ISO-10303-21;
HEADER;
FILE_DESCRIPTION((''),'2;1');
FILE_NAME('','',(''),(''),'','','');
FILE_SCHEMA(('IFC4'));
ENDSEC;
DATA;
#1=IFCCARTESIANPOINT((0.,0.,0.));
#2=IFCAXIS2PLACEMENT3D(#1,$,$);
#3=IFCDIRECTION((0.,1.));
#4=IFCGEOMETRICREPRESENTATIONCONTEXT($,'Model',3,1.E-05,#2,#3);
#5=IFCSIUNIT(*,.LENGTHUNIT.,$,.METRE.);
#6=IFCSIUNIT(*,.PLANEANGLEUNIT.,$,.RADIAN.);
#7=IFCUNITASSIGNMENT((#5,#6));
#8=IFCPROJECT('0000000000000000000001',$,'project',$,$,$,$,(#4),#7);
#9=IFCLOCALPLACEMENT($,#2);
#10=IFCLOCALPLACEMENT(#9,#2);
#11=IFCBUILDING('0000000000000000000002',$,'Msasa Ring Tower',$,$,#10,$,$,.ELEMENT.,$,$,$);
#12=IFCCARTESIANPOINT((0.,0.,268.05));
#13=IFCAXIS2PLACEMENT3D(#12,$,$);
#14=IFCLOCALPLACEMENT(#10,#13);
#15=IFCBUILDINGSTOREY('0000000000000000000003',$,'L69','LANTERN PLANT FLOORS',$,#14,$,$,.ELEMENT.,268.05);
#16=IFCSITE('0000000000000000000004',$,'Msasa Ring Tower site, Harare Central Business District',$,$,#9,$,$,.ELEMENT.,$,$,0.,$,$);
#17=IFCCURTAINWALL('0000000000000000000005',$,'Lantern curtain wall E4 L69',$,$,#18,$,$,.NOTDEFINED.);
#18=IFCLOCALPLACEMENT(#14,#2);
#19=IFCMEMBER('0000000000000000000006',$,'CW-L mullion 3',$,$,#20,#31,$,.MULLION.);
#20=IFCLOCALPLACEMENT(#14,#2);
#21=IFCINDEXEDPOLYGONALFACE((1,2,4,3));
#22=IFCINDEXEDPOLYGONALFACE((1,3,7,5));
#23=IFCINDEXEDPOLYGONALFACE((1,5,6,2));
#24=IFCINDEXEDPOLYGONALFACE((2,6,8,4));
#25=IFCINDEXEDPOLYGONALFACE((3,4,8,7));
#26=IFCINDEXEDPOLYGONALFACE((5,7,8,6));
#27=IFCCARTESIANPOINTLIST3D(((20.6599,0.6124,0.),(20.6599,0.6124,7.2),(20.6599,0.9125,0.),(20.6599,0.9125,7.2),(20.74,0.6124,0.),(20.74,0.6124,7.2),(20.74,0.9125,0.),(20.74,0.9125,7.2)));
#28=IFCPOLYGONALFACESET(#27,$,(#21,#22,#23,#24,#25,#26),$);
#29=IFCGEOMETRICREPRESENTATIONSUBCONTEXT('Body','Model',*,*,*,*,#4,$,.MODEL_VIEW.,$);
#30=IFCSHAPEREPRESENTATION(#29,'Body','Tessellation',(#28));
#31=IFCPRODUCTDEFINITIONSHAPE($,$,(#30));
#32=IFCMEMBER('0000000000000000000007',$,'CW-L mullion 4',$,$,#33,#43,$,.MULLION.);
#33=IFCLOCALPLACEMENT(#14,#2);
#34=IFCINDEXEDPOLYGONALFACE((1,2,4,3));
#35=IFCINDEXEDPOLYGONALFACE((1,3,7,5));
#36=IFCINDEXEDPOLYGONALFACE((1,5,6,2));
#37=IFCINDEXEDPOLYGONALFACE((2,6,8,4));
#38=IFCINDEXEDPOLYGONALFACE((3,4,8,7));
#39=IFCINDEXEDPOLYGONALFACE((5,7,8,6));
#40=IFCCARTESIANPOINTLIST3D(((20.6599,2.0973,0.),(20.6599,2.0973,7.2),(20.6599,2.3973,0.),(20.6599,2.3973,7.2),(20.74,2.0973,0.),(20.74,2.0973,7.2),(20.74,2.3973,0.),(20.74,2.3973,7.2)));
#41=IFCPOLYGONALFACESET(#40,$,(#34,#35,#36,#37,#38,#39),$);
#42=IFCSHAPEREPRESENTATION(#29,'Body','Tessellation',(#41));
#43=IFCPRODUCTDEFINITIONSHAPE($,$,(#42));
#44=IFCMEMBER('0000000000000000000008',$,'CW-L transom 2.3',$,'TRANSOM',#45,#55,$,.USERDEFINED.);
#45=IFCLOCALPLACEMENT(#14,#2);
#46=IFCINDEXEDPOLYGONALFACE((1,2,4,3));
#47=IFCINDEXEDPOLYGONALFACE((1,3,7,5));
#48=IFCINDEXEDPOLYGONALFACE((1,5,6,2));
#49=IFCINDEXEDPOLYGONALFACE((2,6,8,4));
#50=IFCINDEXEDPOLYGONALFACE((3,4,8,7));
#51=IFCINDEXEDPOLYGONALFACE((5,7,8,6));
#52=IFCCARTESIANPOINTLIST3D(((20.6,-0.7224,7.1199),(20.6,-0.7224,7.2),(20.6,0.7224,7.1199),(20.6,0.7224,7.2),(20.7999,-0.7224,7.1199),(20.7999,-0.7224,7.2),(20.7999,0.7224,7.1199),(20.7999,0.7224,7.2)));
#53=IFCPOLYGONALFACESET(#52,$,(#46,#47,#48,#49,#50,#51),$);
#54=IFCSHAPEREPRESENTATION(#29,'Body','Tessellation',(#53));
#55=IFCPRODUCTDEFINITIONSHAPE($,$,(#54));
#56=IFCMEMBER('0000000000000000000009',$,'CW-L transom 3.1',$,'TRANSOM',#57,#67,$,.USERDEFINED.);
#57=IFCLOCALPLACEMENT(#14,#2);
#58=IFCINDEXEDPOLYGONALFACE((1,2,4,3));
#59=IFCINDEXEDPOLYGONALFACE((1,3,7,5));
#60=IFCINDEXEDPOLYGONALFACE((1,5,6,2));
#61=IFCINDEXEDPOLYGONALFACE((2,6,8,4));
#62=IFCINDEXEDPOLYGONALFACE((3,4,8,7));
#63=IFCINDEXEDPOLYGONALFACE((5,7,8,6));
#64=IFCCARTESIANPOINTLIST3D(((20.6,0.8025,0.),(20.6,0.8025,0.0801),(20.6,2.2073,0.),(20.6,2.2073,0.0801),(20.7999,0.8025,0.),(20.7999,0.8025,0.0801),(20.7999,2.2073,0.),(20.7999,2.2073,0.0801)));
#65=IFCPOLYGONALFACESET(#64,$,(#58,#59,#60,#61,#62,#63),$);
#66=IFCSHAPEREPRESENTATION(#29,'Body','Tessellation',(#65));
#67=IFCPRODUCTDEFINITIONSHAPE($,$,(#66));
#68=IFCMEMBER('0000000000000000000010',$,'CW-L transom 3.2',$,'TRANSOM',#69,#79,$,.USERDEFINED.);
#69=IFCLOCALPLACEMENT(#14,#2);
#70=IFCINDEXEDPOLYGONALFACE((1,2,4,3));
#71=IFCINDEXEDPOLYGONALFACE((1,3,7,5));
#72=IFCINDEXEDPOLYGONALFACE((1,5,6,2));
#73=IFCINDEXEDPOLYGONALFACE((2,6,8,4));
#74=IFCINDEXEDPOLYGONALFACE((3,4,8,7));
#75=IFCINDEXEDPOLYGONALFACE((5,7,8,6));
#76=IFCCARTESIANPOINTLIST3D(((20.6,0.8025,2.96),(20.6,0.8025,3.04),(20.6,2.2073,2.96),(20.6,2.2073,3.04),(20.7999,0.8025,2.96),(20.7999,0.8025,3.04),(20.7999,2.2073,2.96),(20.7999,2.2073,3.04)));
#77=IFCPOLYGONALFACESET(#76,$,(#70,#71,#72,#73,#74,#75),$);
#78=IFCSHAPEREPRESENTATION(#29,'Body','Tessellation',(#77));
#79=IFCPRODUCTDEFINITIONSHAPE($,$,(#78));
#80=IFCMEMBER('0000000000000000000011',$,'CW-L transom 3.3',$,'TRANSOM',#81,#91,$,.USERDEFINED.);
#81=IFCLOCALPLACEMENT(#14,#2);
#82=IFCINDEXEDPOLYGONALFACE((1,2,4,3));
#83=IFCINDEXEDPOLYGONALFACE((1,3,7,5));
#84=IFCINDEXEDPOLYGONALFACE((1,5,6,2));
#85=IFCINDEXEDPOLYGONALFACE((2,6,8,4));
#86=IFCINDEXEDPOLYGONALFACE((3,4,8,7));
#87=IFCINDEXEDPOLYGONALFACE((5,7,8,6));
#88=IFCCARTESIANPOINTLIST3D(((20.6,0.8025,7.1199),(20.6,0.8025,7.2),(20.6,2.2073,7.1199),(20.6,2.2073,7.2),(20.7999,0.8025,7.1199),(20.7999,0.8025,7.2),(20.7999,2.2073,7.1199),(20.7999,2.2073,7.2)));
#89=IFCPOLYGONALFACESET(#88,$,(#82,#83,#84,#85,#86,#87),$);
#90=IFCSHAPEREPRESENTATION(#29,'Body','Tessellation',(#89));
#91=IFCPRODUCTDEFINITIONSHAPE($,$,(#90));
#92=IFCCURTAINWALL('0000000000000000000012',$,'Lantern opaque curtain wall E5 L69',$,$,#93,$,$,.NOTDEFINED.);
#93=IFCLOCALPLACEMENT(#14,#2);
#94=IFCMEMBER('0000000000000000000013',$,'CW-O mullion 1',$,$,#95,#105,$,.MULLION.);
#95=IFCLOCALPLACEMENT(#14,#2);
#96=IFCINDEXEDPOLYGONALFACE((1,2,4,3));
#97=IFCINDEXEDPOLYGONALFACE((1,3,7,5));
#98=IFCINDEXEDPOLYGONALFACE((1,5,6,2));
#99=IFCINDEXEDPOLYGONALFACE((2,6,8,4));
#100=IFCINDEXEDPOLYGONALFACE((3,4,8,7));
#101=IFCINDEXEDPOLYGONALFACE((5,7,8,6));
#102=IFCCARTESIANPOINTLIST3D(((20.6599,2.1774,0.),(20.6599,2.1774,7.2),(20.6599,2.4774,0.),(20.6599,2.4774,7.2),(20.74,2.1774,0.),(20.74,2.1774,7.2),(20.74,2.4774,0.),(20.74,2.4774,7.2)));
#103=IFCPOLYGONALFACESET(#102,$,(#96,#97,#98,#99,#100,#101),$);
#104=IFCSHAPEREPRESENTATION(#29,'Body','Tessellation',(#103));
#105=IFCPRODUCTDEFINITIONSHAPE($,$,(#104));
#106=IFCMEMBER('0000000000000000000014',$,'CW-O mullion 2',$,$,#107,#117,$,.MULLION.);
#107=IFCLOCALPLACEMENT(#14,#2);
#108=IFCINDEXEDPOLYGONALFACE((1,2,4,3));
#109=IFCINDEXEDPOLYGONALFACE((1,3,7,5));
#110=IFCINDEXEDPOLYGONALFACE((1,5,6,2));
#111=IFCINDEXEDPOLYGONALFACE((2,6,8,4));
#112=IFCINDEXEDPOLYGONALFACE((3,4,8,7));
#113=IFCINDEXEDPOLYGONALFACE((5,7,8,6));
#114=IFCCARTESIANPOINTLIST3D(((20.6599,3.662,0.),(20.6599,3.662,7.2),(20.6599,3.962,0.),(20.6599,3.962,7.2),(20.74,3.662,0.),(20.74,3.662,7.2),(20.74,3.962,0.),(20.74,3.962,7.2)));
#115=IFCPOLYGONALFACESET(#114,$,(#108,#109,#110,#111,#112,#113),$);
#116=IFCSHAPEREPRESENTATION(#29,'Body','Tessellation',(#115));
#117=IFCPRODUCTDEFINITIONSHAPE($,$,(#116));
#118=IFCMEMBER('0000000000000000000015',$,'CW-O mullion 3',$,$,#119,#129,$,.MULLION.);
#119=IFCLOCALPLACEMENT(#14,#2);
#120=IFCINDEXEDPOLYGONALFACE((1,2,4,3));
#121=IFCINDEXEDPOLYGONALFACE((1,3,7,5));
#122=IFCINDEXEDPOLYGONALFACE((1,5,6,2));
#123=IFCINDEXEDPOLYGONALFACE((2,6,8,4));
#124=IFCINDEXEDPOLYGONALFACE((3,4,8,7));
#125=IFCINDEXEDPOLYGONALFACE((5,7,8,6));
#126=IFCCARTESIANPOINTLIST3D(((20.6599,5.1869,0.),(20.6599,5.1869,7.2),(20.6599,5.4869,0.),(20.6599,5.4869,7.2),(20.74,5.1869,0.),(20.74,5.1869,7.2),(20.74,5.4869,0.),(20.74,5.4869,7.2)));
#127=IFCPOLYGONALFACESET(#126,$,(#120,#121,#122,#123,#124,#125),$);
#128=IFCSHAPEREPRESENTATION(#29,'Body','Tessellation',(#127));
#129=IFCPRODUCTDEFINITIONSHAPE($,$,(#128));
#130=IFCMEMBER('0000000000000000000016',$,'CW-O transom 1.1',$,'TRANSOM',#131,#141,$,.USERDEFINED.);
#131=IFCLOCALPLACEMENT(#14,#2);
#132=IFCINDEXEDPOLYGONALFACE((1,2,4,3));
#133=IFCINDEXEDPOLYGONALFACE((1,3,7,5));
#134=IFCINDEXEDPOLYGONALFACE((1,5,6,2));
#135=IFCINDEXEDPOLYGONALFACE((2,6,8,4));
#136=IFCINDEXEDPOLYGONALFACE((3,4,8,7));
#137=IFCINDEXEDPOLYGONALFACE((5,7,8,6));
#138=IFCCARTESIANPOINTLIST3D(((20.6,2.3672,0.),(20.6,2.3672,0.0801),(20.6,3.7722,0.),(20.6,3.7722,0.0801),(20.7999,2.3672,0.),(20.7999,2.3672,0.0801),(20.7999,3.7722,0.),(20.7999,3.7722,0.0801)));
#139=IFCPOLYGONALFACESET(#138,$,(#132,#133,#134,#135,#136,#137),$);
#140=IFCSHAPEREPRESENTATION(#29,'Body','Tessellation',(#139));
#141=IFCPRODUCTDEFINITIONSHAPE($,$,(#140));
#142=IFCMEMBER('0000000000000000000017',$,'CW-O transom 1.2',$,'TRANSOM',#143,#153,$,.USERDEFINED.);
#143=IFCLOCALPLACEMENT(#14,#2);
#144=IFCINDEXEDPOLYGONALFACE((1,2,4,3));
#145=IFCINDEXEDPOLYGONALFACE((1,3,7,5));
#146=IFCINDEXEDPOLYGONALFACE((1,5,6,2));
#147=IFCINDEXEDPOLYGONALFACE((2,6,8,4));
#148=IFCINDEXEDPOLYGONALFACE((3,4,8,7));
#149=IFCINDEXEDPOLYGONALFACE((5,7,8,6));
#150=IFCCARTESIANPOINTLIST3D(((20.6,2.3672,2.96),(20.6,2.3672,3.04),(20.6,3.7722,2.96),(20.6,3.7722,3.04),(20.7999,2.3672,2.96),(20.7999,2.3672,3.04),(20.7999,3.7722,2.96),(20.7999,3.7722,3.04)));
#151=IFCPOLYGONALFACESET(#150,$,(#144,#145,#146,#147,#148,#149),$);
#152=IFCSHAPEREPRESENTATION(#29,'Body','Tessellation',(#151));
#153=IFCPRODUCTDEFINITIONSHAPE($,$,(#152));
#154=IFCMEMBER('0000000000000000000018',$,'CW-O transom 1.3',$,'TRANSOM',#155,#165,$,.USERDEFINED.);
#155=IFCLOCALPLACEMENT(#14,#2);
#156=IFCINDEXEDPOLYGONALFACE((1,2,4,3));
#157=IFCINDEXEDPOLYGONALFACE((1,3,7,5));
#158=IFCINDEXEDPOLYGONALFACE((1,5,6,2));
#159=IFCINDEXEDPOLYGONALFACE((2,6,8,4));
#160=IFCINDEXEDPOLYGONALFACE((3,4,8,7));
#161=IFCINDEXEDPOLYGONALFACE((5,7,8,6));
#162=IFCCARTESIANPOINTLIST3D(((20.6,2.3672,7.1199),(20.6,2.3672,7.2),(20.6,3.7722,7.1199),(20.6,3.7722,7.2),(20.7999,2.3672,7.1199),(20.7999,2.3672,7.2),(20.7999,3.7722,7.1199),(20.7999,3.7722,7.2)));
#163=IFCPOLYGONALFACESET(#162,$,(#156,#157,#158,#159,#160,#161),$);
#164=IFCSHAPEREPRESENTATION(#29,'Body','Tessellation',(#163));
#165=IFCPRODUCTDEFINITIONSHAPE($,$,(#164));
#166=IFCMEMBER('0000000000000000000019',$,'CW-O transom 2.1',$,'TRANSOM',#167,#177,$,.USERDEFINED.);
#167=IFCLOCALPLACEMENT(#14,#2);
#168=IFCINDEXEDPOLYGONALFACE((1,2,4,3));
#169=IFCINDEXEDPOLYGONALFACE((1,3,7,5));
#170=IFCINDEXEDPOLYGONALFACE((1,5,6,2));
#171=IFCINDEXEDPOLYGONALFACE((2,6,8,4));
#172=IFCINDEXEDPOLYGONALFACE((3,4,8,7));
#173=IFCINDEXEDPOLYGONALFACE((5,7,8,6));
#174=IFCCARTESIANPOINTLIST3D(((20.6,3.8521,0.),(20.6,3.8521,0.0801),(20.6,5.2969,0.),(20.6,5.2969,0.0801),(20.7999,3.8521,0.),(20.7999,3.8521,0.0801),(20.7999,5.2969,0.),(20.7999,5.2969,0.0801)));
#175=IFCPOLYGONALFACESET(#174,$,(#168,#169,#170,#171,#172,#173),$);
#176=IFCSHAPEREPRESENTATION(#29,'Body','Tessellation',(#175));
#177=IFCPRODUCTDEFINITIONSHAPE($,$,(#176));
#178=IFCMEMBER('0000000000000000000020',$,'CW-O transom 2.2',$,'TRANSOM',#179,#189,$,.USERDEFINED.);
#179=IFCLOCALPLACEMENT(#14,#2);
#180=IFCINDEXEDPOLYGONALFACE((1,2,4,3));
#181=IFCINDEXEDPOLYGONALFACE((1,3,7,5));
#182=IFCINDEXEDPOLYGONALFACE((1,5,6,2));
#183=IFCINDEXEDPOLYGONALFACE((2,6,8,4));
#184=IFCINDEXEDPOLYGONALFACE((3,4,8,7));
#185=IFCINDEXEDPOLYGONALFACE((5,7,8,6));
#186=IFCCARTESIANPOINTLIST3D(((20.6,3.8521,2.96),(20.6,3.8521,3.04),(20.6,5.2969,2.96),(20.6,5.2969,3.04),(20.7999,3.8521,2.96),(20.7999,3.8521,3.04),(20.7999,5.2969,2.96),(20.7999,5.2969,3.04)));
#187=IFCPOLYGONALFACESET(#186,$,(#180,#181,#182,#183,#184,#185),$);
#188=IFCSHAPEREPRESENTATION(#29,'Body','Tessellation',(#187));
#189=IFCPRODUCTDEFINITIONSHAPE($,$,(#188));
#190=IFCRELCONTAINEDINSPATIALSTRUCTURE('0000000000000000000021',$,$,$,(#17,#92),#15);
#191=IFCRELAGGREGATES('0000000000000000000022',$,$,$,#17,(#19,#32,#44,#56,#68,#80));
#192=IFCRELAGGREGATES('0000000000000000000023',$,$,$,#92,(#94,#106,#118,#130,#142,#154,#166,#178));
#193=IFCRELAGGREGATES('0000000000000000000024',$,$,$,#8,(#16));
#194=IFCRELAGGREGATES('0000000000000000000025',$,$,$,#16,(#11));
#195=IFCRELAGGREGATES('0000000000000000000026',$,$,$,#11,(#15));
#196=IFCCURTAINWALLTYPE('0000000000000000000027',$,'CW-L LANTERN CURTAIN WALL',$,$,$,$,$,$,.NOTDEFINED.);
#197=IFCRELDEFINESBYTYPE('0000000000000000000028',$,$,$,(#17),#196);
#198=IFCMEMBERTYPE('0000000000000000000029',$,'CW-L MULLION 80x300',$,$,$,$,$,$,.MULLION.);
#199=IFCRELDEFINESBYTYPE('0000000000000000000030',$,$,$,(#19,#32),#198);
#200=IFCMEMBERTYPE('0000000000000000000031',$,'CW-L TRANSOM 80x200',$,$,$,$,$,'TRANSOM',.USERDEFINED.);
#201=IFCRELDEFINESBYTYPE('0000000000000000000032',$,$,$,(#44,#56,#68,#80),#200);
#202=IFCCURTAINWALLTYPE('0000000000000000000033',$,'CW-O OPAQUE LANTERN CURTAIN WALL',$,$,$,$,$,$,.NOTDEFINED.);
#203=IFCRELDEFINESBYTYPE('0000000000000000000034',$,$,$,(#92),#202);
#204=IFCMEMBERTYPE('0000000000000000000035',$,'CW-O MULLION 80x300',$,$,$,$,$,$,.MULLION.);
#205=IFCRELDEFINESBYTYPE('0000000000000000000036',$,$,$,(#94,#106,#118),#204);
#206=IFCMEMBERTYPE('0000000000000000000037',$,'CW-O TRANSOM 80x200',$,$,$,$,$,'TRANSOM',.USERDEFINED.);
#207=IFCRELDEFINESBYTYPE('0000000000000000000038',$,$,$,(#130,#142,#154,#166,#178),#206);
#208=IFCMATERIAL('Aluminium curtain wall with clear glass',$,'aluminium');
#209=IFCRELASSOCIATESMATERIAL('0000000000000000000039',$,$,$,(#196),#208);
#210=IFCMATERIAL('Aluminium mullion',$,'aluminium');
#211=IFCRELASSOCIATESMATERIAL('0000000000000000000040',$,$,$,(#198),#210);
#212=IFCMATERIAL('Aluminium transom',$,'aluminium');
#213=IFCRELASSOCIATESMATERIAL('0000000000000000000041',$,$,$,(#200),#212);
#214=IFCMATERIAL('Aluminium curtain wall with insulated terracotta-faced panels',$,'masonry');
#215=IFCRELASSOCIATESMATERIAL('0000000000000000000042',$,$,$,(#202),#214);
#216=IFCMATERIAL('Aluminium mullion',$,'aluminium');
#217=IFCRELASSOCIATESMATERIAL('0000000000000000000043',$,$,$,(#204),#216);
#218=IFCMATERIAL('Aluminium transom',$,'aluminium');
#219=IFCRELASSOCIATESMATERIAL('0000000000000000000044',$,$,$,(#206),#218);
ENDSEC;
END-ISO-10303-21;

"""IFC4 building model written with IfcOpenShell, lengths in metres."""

from ifc_helpers import new_model, si_unit, direction, frame, origin, origin_2d, place, context, subcontext, project, spatial, rectangle, extrude, material, material_profile, profile_set, type_object, element, aggregate, save


model = new_model("IFC4")

# Units and contexts
model_context = context("Model", 3, precision=1e-05, world=origin(), true_north=direction((0.0, 1.0)))
body_context = subcontext(model_context, "Body", "Model", "MODEL_VIEW")
ifc_project = project(units=[si_unit("LENGTHUNIT", "METRE"), si_unit("PLANEANGLEUNIT", "RADIAN")], contexts=[model_context])

# Site, building, storey
site_placement = place(None, origin())
site = spatial("IfcSite", under=ifc_project, at=site_placement, Name="Msasa Ring Tower site, Harare Central Business District", CompositionType="ELEMENT", RefElevation=0.0)
building_placement = place(site_placement, origin())
building = spatial("IfcBuilding", under=site, at=building_placement, Name="Msasa Ring Tower", CompositionType="ELEMENT")
storey_placement = place(building_placement, frame((0.0, 0.0, 268.05)))
storey = spatial("IfcBuildingStorey", under=building, at=storey_placement, Name="L69", Description="LANTERN PLANT FLOORS", CompositionType="ELEMENT", Elevation=268.05)

# Curtain walls, members
ifc_material_1 = material(Name="Aluminium curtain wall with clear glass", Category="aluminium")
curtain_wall_type_1 = type_object("IfcCurtainWallType", Name="CW-L LANTERN CURTAIN WALL", PredefinedType="NOTDEFINED", material=ifc_material_1)
curtain_wall_1_placement = place(storey_placement, origin())
curtain_wall_1 = element("IfcCurtainWall", 1, at=curtain_wall_1_placement, inside=storey, type_object=curtain_wall_type_1, Name="Lantern curtain wall E4 L69", PredefinedType="NOTDEFINED")
ifc_material_2 = material(Name="Aluminium mullion", Category="aluminium")
ifc_material_profile_1 = material_profile(ifc_material_2, rectangle(XDim=0.0801, YDim=0.3, at=origin_2d()), Name="AL 80x300")
ifc_profile_set_1 = profile_set([ifc_material_profile_1], Name="Aluminium mullion")
member_type_1 = type_object("IfcMemberType", Name="CW-L MULLION 80x300", PredefinedType="MULLION", material=ifc_profile_set_1)
member_1_placement = place(storey_placement, frame((20.7, 0.7625, 0.0), z_axis=(0.0, 0.0, 1.0), x_axis=(-1.0, 0.0, 0.0)))
member_1 = element("IfcMember", 2, at=member_1_placement, type_object=member_type_1, Name="CW-L mullion 3", PredefinedType="MULLION", context=body_context, shape_type="SweptSolid", body=[
    extrude(rectangle(XDim=0.0801, YDim=0.3, at=origin_2d()), origin(), (0.0, 0.0, 1.0), 7.2),
])
member_2_placement = place(storey_placement, frame((20.7, 2.2473, 0.0), z_axis=(0.0, 0.0, 1.0), x_axis=(-1.0, 0.0, 0.0)))
member_2 = element("IfcMember", 3, at=member_2_placement, type_object=member_type_1, Name="CW-L mullion 4", PredefinedType="MULLION", context=body_context, shape_type="SweptSolid", body=[
    extrude(rectangle(XDim=0.0801, YDim=0.3, at=origin_2d()), origin(), (0.0, 0.0, 1.0), 7.2),
])
ifc_material_3 = material(Name="Aluminium transom", Category="aluminium")
ifc_material_profile_2 = material_profile(ifc_material_3, rectangle(XDim=0.2, YDim=0.0801, at=origin_2d()), Name="AL 80x200")
ifc_profile_set_2 = profile_set([ifc_material_profile_2], Name="Aluminium transom")
member_type_2 = type_object("IfcMemberType", Name="CW-L TRANSOM 80x200", ElementType="TRANSOM", PredefinedType="USERDEFINED", material=ifc_profile_set_2)
member_3_placement = place(storey_placement, frame((20.7, -0.7224, 7.1599), z_axis=(0.0, 1.0, 0.0), x_axis=(-1.0, 0.0, 0.0)))
member_3 = element("IfcMember", 4, at=member_3_placement, type_object=member_type_2, Name="CW-L transom 2.3", ObjectType="TRANSOM", PredefinedType="USERDEFINED", context=body_context, shape_type="SweptSolid", body=[
    extrude(rectangle(XDim=0.2, YDim=0.0801, at=origin_2d()), origin(), (0.0, 0.0, 1.0), 1.4448),
])
member_4_placement = place(storey_placement, frame((20.7, 0.8025, 0.04), z_axis=(0.0, 1.0, 0.0), x_axis=(-1.0, 0.0, 0.0)))
member_4 = element("IfcMember", 5, at=member_4_placement, type_object=member_type_2, Name="CW-L transom 3.1", ObjectType="TRANSOM", PredefinedType="USERDEFINED", context=body_context, shape_type="SweptSolid", body=[
    extrude(rectangle(XDim=0.2, YDim=0.0801, at=origin_2d()), origin(), (0.0, 0.0, 1.0), 1.4048),
])
member_5_placement = place(storey_placement, frame((20.7, 0.8025, 3.0), z_axis=(0.0, 1.0, 0.0), x_axis=(-1.0, 0.0, 0.0)))
member_5 = element("IfcMember", 6, at=member_5_placement, type_object=member_type_2, Name="CW-L transom 3.2", ObjectType="TRANSOM", PredefinedType="USERDEFINED", context=body_context, shape_type="SweptSolid", body=[
    extrude(rectangle(XDim=0.2, YDim=0.0801, at=origin_2d()), origin(), (0.0, 0.0, 1.0), 1.4048),
])
member_6_placement = place(storey_placement, frame((20.7, 0.8025, 7.1599), z_axis=(0.0, 1.0, 0.0), x_axis=(-1.0, 0.0, 0.0)))
member_6 = element("IfcMember", 7, at=member_6_placement, type_object=member_type_2, Name="CW-L transom 3.3", ObjectType="TRANSOM", PredefinedType="USERDEFINED", context=body_context, shape_type="SweptSolid", body=[
    extrude(rectangle(XDim=0.2, YDim=0.0801, at=origin_2d()), origin(), (0.0, 0.0, 1.0), 1.4048),
])
ifc_material_4 = material(Name="Aluminium curtain wall with insulated terracotta-faced panels", Category="masonry")
curtain_wall_type_2 = type_object("IfcCurtainWallType", Name="CW-O OPAQUE LANTERN CURTAIN WALL", PredefinedType="NOTDEFINED", material=ifc_material_4)
curtain_wall_2_placement = place(storey_placement, origin())
curtain_wall_2 = element("IfcCurtainWall", 8, at=curtain_wall_2_placement, inside=storey, type_object=curtain_wall_type_2, Name="Lantern opaque curtain wall E5 L69", PredefinedType="NOTDEFINED")
ifc_material_5 = material(Name="Aluminium mullion", Category="aluminium")
ifc_material_profile_3 = material_profile(ifc_material_5, rectangle(XDim=0.0801, YDim=0.3, at=origin_2d()), Name="AL 80x300")
ifc_profile_set_3 = profile_set([ifc_material_profile_3], Name="Aluminium mullion")
member_type_3 = type_object("IfcMemberType", Name="CW-O MULLION 80x300", PredefinedType="MULLION", material=ifc_profile_set_3)
member_7_placement = place(storey_placement, frame((20.7, 2.3274, 0.0), z_axis=(0.0, 0.0, 1.0), x_axis=(-1.0, 0.0, 0.0)))
member_7 = element("IfcMember", 9, at=member_7_placement, type_object=member_type_3, Name="CW-O mullion 1", PredefinedType="MULLION", context=body_context, shape_type="SweptSolid", body=[
    extrude(rectangle(XDim=0.0801, YDim=0.3, at=origin_2d()), origin(), (0.0, 0.0, 1.0), 7.2),
])
member_8_placement = place(storey_placement, frame((20.7, 3.812, 0.0), z_axis=(0.0, 0.0, 1.0), x_axis=(-1.0, 0.0, 0.0)))
member_8 = element("IfcMember", 10, at=member_8_placement, type_object=member_type_3, Name="CW-O mullion 2", PredefinedType="MULLION", context=body_context, shape_type="SweptSolid", body=[
    extrude(rectangle(XDim=0.0801, YDim=0.3, at=origin_2d()), origin(), (0.0, 0.0, 1.0), 7.2),
])
member_9_placement = place(storey_placement, frame((20.7, 5.3369, 0.0), z_axis=(0.0, 0.0, 1.0), x_axis=(-1.0, 0.0, 0.0)))
member_9 = element("IfcMember", 11, at=member_9_placement, type_object=member_type_3, Name="CW-O mullion 3", PredefinedType="MULLION", context=body_context, shape_type="SweptSolid", body=[
    extrude(rectangle(XDim=0.0801, YDim=0.3, at=origin_2d()), origin(), (0.0, 0.0, 1.0), 7.2),
])
ifc_material_6 = material(Name="Aluminium transom", Category="aluminium")
ifc_material_profile_4 = material_profile(ifc_material_6, rectangle(XDim=0.2, YDim=0.0801, at=origin_2d()), Name="AL 80x200")
ifc_profile_set_4 = profile_set([ifc_material_profile_4], Name="Aluminium transom")
member_type_4 = type_object("IfcMemberType", Name="CW-O TRANSOM 80x200", ElementType="TRANSOM", PredefinedType="USERDEFINED", material=ifc_profile_set_4)
member_10_placement = place(storey_placement, frame((20.7, 2.3672, 0.04), z_axis=(0.0, 1.0, 0.0), x_axis=(-1.0, 0.0, 0.0)))
member_10 = element("IfcMember", 12, at=member_10_placement, type_object=member_type_4, Name="CW-O transom 1.1", ObjectType="TRANSOM", PredefinedType="USERDEFINED", context=body_context, shape_type="SweptSolid", body=[
    extrude(rectangle(XDim=0.2, YDim=0.0801, at=origin_2d()), origin(), (0.0, 0.0, 1.0), 1.405),
])
member_11_placement = place(storey_placement, frame((20.7, 2.3672, 3.0), z_axis=(0.0, 1.0, 0.0), x_axis=(-1.0, 0.0, 0.0)))
member_11 = element("IfcMember", 13, at=member_11_placement, type_object=member_type_4, Name="CW-O transom 1.2", ObjectType="TRANSOM", PredefinedType="USERDEFINED", context=body_context, shape_type="SweptSolid", body=[
    extrude(rectangle(XDim=0.2, YDim=0.0801, at=origin_2d()), origin(), (0.0, 0.0, 1.0), 1.405),
])
member_12_placement = place(storey_placement, frame((20.7, 2.3672, 7.1599), z_axis=(0.0, 1.0, 0.0), x_axis=(-1.0, 0.0, 0.0)))
member_12 = element("IfcMember", 14, at=member_12_placement, type_object=member_type_4, Name="CW-O transom 1.3", ObjectType="TRANSOM", PredefinedType="USERDEFINED", context=body_context, shape_type="SweptSolid", body=[
    extrude(rectangle(XDim=0.2, YDim=0.0801, at=origin_2d()), origin(), (0.0, 0.0, 1.0), 1.405),
])
member_13_placement = place(storey_placement, frame((20.7, 3.8521, 0.04), z_axis=(0.0, 1.0, 0.0), x_axis=(-1.0, 0.0, 0.0)))
member_13 = element("IfcMember", 15, at=member_13_placement, type_object=member_type_4, Name="CW-O transom 2.1", ObjectType="TRANSOM", PredefinedType="USERDEFINED", context=body_context, shape_type="SweptSolid", body=[
    extrude(rectangle(XDim=0.2, YDim=0.0801, at=origin_2d()), origin(), (0.0, 0.0, 1.0), 1.4448),
])
member_14_placement = place(storey_placement, frame((20.7, 3.8521, 3.0), z_axis=(0.0, 1.0, 0.0), x_axis=(-1.0, 0.0, 0.0)))
member_14 = element("IfcMember", 16, at=member_14_placement, type_object=member_type_4, Name="CW-O transom 2.2", ObjectType="TRANSOM", PredefinedType="USERDEFINED", context=body_context, shape_type="SweptSolid", body=[
    extrude(rectangle(XDim=0.2, YDim=0.0801, at=origin_2d()), origin(), (0.0, 0.0, 1.0), 1.4448),
])

aggregate(curtain_wall_1, [member_1, member_2, member_3, member_4, member_5, member_6])
aggregate(curtain_wall_2, [member_7, member_8, member_9, member_10, member_11, member_12, member_13, member_14])

save(model, "model.ifc")
